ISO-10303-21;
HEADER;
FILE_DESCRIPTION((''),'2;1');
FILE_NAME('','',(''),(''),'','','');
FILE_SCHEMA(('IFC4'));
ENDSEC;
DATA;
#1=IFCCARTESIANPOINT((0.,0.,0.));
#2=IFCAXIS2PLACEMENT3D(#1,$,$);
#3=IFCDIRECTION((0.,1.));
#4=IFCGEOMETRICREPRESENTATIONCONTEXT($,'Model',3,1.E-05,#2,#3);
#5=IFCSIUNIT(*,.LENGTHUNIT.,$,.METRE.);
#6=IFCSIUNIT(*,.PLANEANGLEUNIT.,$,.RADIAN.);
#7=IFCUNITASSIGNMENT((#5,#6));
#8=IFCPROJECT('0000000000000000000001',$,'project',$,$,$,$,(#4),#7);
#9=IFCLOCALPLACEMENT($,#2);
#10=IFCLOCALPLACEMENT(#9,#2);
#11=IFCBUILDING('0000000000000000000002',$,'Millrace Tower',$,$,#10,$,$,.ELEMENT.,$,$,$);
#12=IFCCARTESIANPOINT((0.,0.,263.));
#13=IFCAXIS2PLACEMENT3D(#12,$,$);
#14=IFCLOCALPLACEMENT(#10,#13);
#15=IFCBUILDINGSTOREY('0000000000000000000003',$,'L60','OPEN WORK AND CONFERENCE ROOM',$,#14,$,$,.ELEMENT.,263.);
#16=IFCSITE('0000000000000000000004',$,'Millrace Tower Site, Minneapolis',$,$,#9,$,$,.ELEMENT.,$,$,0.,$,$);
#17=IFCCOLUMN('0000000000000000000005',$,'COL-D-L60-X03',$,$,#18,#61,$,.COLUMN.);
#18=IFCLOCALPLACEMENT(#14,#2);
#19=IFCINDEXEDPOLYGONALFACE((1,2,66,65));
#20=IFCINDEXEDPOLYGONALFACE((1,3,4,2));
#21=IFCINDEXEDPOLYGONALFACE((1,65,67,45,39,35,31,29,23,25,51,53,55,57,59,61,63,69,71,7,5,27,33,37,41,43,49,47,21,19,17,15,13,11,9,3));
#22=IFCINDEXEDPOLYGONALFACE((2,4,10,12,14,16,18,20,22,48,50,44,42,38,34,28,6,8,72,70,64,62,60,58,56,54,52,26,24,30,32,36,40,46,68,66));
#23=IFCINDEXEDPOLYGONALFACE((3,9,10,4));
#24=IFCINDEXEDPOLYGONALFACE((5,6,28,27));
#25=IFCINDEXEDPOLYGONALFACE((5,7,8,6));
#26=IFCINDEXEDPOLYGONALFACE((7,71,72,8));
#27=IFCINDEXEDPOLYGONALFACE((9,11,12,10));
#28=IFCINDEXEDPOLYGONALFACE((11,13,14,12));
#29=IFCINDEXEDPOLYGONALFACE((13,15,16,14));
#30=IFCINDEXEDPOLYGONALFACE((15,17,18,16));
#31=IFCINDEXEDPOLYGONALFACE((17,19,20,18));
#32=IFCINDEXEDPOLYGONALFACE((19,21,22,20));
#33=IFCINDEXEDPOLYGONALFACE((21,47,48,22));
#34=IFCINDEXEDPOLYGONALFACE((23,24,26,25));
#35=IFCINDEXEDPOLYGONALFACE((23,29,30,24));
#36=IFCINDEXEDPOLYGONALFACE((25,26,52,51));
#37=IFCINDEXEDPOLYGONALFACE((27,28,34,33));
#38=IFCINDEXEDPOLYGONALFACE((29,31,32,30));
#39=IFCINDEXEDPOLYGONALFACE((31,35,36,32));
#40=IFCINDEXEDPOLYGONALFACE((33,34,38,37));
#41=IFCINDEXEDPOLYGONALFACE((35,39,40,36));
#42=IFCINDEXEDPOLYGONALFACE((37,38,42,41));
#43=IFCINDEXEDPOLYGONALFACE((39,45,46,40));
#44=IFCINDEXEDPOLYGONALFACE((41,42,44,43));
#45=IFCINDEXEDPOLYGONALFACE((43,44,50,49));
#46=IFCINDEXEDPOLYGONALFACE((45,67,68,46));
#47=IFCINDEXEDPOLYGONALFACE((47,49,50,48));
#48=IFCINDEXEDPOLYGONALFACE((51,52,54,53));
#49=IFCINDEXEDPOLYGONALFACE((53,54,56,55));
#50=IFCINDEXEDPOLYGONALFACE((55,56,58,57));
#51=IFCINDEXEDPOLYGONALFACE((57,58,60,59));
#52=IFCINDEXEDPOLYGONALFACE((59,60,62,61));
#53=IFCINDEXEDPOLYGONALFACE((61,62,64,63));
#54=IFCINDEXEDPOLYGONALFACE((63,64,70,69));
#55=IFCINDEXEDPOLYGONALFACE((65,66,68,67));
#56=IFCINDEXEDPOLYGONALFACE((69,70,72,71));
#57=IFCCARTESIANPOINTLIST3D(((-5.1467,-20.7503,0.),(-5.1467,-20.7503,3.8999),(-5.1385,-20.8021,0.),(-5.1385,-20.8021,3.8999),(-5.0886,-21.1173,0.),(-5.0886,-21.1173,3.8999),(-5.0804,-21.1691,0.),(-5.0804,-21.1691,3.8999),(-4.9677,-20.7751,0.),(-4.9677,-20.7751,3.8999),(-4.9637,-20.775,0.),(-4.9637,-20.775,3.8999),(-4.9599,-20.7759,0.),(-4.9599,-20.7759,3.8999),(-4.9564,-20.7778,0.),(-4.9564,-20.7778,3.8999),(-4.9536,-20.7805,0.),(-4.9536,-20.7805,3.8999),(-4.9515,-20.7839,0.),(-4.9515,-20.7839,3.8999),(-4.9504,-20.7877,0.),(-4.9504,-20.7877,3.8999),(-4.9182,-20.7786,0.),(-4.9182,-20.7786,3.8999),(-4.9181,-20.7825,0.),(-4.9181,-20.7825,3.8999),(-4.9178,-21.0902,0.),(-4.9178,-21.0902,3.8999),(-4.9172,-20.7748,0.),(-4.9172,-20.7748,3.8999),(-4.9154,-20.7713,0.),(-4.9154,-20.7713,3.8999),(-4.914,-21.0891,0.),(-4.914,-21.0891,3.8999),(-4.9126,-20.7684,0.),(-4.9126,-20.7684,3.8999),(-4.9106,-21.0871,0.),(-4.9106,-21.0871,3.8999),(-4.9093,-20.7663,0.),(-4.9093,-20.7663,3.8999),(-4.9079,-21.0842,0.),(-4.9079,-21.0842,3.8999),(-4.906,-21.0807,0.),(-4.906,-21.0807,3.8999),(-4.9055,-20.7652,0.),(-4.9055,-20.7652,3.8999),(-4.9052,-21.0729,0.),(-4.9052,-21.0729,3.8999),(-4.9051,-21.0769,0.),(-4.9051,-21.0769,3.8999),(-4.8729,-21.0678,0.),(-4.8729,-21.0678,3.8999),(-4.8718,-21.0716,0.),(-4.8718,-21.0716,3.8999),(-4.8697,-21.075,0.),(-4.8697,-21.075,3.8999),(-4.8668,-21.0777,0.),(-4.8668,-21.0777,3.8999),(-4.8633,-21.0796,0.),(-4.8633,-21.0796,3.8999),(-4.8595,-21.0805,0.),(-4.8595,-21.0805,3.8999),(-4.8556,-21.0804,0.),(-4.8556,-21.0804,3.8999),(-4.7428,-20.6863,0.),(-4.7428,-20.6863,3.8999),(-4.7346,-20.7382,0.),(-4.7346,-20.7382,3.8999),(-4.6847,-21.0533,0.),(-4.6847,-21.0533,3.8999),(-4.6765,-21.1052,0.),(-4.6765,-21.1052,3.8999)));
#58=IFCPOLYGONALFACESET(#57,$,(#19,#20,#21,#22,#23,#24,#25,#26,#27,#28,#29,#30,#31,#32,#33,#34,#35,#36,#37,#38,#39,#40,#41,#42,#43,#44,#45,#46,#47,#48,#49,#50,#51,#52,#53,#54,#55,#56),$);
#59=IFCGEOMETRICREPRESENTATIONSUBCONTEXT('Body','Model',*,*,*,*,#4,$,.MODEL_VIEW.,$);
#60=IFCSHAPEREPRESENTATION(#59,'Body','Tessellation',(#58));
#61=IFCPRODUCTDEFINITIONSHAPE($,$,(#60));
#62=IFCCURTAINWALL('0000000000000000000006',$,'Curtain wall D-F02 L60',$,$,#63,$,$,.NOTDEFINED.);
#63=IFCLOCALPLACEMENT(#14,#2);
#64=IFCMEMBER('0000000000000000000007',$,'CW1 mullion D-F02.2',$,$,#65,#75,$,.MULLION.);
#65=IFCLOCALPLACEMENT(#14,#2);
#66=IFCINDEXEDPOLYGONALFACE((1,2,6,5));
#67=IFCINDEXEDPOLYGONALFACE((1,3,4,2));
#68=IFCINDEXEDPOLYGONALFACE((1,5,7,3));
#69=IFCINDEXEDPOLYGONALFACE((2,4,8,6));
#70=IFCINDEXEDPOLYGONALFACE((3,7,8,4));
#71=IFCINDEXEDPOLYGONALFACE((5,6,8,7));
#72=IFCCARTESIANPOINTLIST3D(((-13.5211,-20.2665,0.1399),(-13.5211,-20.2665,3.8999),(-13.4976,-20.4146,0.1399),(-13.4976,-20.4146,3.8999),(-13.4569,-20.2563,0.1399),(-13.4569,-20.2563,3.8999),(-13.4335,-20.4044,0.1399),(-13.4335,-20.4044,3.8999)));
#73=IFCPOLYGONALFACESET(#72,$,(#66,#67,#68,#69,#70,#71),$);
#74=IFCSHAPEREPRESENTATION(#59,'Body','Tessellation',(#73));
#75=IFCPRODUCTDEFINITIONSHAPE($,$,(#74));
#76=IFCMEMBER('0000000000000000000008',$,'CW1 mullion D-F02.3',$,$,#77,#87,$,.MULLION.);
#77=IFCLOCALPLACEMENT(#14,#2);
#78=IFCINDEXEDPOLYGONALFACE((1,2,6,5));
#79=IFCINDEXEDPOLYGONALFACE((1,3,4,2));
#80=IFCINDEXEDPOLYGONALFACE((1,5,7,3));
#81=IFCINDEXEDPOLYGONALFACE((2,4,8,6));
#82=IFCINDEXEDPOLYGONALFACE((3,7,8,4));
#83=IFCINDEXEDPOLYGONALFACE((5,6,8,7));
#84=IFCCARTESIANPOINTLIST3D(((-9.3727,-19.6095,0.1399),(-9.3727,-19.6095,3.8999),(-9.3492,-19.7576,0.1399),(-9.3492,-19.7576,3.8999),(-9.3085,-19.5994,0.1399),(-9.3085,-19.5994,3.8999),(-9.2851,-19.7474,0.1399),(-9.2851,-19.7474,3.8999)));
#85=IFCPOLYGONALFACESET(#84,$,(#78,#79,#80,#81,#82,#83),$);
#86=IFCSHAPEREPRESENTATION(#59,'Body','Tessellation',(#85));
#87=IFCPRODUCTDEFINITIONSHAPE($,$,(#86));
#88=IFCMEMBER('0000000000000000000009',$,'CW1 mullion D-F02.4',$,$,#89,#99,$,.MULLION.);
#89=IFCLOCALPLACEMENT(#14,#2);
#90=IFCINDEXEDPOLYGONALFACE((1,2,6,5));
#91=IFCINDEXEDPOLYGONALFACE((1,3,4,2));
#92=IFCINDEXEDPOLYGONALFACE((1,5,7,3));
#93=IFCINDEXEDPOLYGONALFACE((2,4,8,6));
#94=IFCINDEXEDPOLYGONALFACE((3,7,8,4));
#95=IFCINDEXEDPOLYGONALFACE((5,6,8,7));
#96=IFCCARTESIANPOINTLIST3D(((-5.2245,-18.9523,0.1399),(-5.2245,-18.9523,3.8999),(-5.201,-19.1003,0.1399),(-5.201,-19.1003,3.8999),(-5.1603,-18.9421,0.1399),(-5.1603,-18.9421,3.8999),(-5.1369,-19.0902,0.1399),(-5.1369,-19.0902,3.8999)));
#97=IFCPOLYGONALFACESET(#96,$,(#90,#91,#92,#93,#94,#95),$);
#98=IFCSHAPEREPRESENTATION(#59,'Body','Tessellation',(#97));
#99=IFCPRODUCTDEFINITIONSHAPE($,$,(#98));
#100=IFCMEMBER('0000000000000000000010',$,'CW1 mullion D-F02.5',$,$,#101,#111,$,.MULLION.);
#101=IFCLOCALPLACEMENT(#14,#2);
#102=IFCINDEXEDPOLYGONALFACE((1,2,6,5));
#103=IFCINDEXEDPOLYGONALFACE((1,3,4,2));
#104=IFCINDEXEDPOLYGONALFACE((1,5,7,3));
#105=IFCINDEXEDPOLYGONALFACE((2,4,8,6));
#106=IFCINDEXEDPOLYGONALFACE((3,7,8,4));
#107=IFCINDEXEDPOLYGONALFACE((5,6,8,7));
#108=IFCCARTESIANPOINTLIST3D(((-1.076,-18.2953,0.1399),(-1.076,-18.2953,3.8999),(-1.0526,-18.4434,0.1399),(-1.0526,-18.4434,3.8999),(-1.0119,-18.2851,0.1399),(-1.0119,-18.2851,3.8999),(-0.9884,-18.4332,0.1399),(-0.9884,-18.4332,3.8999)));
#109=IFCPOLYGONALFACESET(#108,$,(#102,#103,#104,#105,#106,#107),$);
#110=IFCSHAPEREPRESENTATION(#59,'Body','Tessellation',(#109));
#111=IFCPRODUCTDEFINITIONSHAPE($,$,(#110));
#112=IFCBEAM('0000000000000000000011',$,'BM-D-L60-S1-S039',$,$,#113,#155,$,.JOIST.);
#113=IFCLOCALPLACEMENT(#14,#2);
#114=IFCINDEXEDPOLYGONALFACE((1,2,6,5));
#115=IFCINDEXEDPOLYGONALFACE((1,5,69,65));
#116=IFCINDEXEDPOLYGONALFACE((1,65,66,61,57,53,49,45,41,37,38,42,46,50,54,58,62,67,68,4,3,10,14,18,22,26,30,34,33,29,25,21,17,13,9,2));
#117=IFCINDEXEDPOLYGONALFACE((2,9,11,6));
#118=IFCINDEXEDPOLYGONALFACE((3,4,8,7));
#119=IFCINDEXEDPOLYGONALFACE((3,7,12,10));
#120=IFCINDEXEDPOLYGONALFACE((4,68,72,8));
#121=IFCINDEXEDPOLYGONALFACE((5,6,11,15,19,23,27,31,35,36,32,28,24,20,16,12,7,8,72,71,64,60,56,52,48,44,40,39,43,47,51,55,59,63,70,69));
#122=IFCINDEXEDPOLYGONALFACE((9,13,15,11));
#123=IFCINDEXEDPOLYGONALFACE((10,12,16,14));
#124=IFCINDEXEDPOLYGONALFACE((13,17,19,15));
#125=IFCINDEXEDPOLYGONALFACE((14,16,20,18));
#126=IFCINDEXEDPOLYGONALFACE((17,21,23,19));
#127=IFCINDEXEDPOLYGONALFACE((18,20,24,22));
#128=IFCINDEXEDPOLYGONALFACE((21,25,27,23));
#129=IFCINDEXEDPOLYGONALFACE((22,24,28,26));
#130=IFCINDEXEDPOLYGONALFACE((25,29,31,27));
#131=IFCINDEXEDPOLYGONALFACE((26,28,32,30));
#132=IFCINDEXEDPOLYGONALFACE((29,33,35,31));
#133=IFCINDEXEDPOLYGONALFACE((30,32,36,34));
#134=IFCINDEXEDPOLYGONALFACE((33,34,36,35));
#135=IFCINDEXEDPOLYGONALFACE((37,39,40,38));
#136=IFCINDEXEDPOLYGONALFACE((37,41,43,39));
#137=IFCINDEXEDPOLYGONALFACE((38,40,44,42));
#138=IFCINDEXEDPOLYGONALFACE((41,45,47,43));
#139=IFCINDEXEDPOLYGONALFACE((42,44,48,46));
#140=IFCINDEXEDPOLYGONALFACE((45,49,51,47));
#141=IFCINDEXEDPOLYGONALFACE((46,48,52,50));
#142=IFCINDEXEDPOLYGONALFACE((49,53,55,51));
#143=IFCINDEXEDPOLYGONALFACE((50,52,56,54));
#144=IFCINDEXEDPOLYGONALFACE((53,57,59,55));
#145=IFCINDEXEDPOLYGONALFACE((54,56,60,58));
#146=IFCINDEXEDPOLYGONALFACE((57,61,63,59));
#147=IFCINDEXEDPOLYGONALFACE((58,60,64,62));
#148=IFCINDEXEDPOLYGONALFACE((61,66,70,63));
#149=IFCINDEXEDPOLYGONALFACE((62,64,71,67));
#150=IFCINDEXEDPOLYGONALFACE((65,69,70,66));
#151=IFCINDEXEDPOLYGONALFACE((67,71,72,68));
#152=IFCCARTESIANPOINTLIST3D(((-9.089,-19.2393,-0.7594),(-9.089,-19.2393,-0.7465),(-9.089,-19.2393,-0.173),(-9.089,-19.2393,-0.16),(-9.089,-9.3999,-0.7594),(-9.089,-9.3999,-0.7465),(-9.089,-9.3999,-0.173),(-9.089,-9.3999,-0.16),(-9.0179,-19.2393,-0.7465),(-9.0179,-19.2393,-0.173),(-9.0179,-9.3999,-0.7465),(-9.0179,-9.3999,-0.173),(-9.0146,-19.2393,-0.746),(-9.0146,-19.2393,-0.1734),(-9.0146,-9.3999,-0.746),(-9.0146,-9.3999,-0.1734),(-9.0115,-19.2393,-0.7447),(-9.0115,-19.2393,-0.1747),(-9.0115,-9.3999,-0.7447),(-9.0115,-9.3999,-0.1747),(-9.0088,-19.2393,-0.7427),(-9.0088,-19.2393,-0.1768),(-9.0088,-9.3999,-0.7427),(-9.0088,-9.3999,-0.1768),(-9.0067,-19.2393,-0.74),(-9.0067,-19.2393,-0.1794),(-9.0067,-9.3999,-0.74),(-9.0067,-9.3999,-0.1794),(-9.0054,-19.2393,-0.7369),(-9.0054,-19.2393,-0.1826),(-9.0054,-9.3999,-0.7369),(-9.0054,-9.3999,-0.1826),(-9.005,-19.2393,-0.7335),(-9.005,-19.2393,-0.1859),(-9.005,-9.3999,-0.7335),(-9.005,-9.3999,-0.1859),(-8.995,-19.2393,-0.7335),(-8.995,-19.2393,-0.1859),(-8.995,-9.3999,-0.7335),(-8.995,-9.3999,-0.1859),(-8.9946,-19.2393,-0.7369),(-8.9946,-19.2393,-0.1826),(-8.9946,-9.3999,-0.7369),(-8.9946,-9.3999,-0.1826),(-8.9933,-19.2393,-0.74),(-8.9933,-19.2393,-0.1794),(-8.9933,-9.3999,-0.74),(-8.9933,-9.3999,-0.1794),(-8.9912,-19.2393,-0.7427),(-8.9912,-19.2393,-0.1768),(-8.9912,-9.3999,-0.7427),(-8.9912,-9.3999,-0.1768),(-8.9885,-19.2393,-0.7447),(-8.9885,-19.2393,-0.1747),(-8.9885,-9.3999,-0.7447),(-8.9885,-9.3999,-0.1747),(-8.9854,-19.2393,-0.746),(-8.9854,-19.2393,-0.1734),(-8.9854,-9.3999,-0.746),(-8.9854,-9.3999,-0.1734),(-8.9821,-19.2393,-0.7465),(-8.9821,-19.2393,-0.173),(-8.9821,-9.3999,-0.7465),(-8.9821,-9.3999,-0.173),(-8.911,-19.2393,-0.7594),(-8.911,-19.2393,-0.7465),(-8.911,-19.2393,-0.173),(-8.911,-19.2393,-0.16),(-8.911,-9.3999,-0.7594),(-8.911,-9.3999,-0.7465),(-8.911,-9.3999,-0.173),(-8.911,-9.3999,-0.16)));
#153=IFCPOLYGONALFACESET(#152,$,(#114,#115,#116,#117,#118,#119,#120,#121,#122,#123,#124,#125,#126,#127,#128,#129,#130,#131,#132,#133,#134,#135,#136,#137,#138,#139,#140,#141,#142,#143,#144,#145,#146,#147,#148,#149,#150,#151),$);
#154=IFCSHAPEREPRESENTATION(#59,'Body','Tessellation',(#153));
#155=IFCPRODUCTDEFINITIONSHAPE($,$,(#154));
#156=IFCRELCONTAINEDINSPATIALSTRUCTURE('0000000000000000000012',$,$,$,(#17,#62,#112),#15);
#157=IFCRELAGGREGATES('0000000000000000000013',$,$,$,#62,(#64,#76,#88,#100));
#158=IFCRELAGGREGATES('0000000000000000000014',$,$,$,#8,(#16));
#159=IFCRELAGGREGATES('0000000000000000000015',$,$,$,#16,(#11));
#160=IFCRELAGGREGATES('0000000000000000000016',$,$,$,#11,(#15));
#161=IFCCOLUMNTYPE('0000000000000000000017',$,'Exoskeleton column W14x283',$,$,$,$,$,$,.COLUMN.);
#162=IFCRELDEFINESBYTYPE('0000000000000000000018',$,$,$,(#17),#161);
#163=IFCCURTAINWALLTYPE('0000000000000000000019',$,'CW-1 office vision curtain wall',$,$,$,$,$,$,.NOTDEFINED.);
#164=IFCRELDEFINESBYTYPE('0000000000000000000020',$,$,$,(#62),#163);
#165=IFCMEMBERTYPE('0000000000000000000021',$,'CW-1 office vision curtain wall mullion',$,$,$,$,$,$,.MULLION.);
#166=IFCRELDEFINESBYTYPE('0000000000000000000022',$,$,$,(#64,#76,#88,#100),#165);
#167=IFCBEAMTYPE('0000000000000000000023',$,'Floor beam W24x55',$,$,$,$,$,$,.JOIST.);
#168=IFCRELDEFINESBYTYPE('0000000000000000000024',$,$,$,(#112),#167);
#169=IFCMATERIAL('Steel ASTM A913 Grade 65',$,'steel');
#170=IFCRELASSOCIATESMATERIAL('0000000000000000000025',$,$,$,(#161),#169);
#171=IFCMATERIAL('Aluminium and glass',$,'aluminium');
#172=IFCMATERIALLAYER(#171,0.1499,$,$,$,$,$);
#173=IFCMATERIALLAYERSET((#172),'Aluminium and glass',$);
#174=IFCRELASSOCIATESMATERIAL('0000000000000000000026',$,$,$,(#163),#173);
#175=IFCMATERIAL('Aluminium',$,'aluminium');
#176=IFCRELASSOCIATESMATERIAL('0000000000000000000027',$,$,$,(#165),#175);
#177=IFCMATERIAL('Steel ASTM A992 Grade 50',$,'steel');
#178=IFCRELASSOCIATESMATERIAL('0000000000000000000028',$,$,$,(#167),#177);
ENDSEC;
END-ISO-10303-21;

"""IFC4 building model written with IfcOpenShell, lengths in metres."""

from ifc_helpers import new_model, si_unit, direction, frame, origin, origin_2d, place, context, subcontext, project, spatial, rectangle, i_section, extrude, material, layer, layer_set, material_profile, profile_set, type_object, element, aggregate, save


model = new_model("IFC4")

# Units and contexts
model_context = context("Model", 3, precision=1e-05, world=origin(), true_north=direction((0.0, 1.0)))
body_context = subcontext(model_context, "Body", "Model", "MODEL_VIEW")
ifc_project = project(units=[si_unit("LENGTHUNIT", "METRE"), si_unit("PLANEANGLEUNIT", "RADIAN")], contexts=[model_context])

# Site, building, storey
site_placement = place(None, origin())
site = spatial("IfcSite", under=ifc_project, at=site_placement, Name="Millrace Tower Site, Minneapolis", CompositionType="ELEMENT", RefElevation=0.0)
building_placement = place(site_placement, origin())
building = spatial("IfcBuilding", under=site, at=building_placement, Name="Millrace Tower", CompositionType="ELEMENT")
storey_placement = place(building_placement, frame((0.0, 0.0, 263.0)))
storey = spatial("IfcBuildingStorey", under=building, at=storey_placement, Name="L60", Description="OPEN WORK AND CONFERENCE ROOM", CompositionType="ELEMENT", Elevation=263.0)

# Column
ifc_material_1 = material(Name="Steel ASTM A913 Grade 65", Category="steel")
ifc_material_profile_1 = material_profile(ifc_material_1, i_section(OverallWidth=0.4089, OverallDepth=0.4241, WebThickness=0.0327, FlangeThickness=0.0525, FilletRadius=0.0151, at=origin_2d()))
ifc_profile_set_1 = profile_set([ifc_material_profile_1], Name="Steel ASTM A913 Grade 65")
column_type = type_object("IfcColumnType", Name="Exoskeleton column W14x283", PredefinedType="COLUMN", material=ifc_profile_set_1)
column_placement = place(storey_placement, frame((-4.9116, -20.9277, 0.0), z_axis=(0.0, 0.0, 1.0), x_axis=(0.987688, 0.156434, 0.0)))
element("IfcColumn", 1, at=column_placement, inside=storey, type_object=column_type, Name="COL-D-L60-X03", PredefinedType="COLUMN", context=body_context, shape_type="SweptSolid", body=[
    extrude(i_section(OverallWidth=0.4089, OverallDepth=0.4241, WebThickness=0.0327, FlangeThickness=0.0525, FilletRadius=0.0151, at=origin_2d()), origin(), (0.0, 0.0, 1.0), 3.8999),
])

# Curtain wall, members
ifc_material_2 = material(Name="Aluminium and glass", Category="aluminium")
ifc_layer_1 = layer(ifc_material_2, 0.1499)
ifc_layer_set_1 = layer_set([ifc_layer_1], Name="Aluminium and glass")
curtain_wall_type = type_object("IfcCurtainWallType", Name="CW-1 office vision curtain wall", PredefinedType="NOTDEFINED", material=ifc_layer_set_1)
curtain_wall_placement = place(storey_placement, origin())
curtain_wall = element("IfcCurtainWall", 2, at=curtain_wall_placement, inside=storey, type_object=curtain_wall_type, Name="Curtain wall D-F02 L60", PredefinedType="NOTDEFINED")
ifc_material_3 = material(Name="Aluminium", Category="aluminium")
ifc_material_profile_2 = material_profile(ifc_material_3, rectangle(XDim=0.0649, YDim=0.1499, at=origin_2d()))
ifc_profile_set_2 = profile_set([ifc_material_profile_2], Name="Aluminium")
member_type = type_object("IfcMemberType", Name="CW-1 office vision curtain wall mullion", PredefinedType="MULLION", material=ifc_profile_set_2)
member_1_placement = place(storey_placement, frame((-13.4773, -20.3354, 0.1399), z_axis=(0.0, 0.0, 1.0), x_axis=(0.987688, 0.156434, 0.0)))
member_1 = element("IfcMember", 3, at=member_1_placement, type_object=member_type, Name="CW1 mullion D-F02.2", PredefinedType="MULLION", context=body_context, shape_type="SweptSolid", body=[
    extrude(rectangle(XDim=0.0649, YDim=0.1499, at=origin_2d()), origin(), (0.0, 0.0, 1.0), 3.76),
])
member_2_placement = place(storey_placement, frame((-9.3289, -19.6785, 0.1399), z_axis=(0.0, 0.0, 1.0), x_axis=(0.987688, 0.156434, 0.0)))
member_2 = element("IfcMember", 4, at=member_2_placement, type_object=member_type, Name="CW1 mullion D-F02.3", PredefinedType="MULLION", context=body_context, shape_type="SweptSolid", body=[
    extrude(rectangle(XDim=0.0649, YDim=0.1499, at=origin_2d()), origin(), (0.0, 0.0, 1.0), 3.76),
])
member_3_placement = place(storey_placement, frame((-5.1807, -19.0212, 0.1399), z_axis=(0.0, 0.0, 1.0), x_axis=(0.987688, 0.156434, 0.0)))
member_3 = element("IfcMember", 5, at=member_3_placement, type_object=member_type, Name="CW1 mullion D-F02.4", PredefinedType="MULLION", context=body_context, shape_type="SweptSolid", body=[
    extrude(rectangle(XDim=0.0649, YDim=0.1499, at=origin_2d()), origin(), (0.0, 0.0, 1.0), 3.76),
])
member_4_placement = place(storey_placement, frame((-1.0322, -18.3643, 0.1399), z_axis=(0.0, 0.0, 1.0), x_axis=(0.987688, 0.156434, 0.0)))
member_4 = element("IfcMember", 6, at=member_4_placement, type_object=member_type, Name="CW1 mullion D-F02.5", PredefinedType="MULLION", context=body_context, shape_type="SweptSolid", body=[
    extrude(rectangle(XDim=0.0649, YDim=0.1499, at=origin_2d()), origin(), (0.0, 0.0, 1.0), 3.76),
])
aggregate(curtain_wall, [member_1, member_2, member_3, member_4])

# Beam
ifc_material_4 = material(Name="Steel ASTM A992 Grade 50", Category="steel")
ifc_material_profile_3 = material_profile(ifc_material_4, i_section(OverallWidth=0.178, OverallDepth=0.5994, WebThickness=0.01, FlangeThickness=0.0129, FilletRadius=0.0129, at=origin_2d()))
ifc_profile_set_3 = profile_set([ifc_material_profile_3], Name="Steel ASTM A992 Grade 50")
beam_type_1 = type_object("IfcBeamType", Name="Floor beam W24x55", PredefinedType="JOIST", material=ifc_profile_set_3)
beam_1_placement = place(storey_placement, frame((-9.0, -19.2393, -0.4597), z_axis=(0.0, 1.0, 0.0), x_axis=(-1.0, 0.0, 0.0)))
element("IfcBeam", 7, at=beam_1_placement, inside=storey, type_object=beam_type_1, Name="BM-D-L60-S1-S039", PredefinedType="JOIST", context=body_context, shape_type="SweptSolid", body=[
    extrude(i_section(OverallWidth=0.178, OverallDepth=0.5994, WebThickness=0.01, FlangeThickness=0.0129, FilletRadius=0.0129, at=origin_2d()), origin(), (0.0, 0.0, 1.0), 9.8394),
])

save(model, "model.ifc")
